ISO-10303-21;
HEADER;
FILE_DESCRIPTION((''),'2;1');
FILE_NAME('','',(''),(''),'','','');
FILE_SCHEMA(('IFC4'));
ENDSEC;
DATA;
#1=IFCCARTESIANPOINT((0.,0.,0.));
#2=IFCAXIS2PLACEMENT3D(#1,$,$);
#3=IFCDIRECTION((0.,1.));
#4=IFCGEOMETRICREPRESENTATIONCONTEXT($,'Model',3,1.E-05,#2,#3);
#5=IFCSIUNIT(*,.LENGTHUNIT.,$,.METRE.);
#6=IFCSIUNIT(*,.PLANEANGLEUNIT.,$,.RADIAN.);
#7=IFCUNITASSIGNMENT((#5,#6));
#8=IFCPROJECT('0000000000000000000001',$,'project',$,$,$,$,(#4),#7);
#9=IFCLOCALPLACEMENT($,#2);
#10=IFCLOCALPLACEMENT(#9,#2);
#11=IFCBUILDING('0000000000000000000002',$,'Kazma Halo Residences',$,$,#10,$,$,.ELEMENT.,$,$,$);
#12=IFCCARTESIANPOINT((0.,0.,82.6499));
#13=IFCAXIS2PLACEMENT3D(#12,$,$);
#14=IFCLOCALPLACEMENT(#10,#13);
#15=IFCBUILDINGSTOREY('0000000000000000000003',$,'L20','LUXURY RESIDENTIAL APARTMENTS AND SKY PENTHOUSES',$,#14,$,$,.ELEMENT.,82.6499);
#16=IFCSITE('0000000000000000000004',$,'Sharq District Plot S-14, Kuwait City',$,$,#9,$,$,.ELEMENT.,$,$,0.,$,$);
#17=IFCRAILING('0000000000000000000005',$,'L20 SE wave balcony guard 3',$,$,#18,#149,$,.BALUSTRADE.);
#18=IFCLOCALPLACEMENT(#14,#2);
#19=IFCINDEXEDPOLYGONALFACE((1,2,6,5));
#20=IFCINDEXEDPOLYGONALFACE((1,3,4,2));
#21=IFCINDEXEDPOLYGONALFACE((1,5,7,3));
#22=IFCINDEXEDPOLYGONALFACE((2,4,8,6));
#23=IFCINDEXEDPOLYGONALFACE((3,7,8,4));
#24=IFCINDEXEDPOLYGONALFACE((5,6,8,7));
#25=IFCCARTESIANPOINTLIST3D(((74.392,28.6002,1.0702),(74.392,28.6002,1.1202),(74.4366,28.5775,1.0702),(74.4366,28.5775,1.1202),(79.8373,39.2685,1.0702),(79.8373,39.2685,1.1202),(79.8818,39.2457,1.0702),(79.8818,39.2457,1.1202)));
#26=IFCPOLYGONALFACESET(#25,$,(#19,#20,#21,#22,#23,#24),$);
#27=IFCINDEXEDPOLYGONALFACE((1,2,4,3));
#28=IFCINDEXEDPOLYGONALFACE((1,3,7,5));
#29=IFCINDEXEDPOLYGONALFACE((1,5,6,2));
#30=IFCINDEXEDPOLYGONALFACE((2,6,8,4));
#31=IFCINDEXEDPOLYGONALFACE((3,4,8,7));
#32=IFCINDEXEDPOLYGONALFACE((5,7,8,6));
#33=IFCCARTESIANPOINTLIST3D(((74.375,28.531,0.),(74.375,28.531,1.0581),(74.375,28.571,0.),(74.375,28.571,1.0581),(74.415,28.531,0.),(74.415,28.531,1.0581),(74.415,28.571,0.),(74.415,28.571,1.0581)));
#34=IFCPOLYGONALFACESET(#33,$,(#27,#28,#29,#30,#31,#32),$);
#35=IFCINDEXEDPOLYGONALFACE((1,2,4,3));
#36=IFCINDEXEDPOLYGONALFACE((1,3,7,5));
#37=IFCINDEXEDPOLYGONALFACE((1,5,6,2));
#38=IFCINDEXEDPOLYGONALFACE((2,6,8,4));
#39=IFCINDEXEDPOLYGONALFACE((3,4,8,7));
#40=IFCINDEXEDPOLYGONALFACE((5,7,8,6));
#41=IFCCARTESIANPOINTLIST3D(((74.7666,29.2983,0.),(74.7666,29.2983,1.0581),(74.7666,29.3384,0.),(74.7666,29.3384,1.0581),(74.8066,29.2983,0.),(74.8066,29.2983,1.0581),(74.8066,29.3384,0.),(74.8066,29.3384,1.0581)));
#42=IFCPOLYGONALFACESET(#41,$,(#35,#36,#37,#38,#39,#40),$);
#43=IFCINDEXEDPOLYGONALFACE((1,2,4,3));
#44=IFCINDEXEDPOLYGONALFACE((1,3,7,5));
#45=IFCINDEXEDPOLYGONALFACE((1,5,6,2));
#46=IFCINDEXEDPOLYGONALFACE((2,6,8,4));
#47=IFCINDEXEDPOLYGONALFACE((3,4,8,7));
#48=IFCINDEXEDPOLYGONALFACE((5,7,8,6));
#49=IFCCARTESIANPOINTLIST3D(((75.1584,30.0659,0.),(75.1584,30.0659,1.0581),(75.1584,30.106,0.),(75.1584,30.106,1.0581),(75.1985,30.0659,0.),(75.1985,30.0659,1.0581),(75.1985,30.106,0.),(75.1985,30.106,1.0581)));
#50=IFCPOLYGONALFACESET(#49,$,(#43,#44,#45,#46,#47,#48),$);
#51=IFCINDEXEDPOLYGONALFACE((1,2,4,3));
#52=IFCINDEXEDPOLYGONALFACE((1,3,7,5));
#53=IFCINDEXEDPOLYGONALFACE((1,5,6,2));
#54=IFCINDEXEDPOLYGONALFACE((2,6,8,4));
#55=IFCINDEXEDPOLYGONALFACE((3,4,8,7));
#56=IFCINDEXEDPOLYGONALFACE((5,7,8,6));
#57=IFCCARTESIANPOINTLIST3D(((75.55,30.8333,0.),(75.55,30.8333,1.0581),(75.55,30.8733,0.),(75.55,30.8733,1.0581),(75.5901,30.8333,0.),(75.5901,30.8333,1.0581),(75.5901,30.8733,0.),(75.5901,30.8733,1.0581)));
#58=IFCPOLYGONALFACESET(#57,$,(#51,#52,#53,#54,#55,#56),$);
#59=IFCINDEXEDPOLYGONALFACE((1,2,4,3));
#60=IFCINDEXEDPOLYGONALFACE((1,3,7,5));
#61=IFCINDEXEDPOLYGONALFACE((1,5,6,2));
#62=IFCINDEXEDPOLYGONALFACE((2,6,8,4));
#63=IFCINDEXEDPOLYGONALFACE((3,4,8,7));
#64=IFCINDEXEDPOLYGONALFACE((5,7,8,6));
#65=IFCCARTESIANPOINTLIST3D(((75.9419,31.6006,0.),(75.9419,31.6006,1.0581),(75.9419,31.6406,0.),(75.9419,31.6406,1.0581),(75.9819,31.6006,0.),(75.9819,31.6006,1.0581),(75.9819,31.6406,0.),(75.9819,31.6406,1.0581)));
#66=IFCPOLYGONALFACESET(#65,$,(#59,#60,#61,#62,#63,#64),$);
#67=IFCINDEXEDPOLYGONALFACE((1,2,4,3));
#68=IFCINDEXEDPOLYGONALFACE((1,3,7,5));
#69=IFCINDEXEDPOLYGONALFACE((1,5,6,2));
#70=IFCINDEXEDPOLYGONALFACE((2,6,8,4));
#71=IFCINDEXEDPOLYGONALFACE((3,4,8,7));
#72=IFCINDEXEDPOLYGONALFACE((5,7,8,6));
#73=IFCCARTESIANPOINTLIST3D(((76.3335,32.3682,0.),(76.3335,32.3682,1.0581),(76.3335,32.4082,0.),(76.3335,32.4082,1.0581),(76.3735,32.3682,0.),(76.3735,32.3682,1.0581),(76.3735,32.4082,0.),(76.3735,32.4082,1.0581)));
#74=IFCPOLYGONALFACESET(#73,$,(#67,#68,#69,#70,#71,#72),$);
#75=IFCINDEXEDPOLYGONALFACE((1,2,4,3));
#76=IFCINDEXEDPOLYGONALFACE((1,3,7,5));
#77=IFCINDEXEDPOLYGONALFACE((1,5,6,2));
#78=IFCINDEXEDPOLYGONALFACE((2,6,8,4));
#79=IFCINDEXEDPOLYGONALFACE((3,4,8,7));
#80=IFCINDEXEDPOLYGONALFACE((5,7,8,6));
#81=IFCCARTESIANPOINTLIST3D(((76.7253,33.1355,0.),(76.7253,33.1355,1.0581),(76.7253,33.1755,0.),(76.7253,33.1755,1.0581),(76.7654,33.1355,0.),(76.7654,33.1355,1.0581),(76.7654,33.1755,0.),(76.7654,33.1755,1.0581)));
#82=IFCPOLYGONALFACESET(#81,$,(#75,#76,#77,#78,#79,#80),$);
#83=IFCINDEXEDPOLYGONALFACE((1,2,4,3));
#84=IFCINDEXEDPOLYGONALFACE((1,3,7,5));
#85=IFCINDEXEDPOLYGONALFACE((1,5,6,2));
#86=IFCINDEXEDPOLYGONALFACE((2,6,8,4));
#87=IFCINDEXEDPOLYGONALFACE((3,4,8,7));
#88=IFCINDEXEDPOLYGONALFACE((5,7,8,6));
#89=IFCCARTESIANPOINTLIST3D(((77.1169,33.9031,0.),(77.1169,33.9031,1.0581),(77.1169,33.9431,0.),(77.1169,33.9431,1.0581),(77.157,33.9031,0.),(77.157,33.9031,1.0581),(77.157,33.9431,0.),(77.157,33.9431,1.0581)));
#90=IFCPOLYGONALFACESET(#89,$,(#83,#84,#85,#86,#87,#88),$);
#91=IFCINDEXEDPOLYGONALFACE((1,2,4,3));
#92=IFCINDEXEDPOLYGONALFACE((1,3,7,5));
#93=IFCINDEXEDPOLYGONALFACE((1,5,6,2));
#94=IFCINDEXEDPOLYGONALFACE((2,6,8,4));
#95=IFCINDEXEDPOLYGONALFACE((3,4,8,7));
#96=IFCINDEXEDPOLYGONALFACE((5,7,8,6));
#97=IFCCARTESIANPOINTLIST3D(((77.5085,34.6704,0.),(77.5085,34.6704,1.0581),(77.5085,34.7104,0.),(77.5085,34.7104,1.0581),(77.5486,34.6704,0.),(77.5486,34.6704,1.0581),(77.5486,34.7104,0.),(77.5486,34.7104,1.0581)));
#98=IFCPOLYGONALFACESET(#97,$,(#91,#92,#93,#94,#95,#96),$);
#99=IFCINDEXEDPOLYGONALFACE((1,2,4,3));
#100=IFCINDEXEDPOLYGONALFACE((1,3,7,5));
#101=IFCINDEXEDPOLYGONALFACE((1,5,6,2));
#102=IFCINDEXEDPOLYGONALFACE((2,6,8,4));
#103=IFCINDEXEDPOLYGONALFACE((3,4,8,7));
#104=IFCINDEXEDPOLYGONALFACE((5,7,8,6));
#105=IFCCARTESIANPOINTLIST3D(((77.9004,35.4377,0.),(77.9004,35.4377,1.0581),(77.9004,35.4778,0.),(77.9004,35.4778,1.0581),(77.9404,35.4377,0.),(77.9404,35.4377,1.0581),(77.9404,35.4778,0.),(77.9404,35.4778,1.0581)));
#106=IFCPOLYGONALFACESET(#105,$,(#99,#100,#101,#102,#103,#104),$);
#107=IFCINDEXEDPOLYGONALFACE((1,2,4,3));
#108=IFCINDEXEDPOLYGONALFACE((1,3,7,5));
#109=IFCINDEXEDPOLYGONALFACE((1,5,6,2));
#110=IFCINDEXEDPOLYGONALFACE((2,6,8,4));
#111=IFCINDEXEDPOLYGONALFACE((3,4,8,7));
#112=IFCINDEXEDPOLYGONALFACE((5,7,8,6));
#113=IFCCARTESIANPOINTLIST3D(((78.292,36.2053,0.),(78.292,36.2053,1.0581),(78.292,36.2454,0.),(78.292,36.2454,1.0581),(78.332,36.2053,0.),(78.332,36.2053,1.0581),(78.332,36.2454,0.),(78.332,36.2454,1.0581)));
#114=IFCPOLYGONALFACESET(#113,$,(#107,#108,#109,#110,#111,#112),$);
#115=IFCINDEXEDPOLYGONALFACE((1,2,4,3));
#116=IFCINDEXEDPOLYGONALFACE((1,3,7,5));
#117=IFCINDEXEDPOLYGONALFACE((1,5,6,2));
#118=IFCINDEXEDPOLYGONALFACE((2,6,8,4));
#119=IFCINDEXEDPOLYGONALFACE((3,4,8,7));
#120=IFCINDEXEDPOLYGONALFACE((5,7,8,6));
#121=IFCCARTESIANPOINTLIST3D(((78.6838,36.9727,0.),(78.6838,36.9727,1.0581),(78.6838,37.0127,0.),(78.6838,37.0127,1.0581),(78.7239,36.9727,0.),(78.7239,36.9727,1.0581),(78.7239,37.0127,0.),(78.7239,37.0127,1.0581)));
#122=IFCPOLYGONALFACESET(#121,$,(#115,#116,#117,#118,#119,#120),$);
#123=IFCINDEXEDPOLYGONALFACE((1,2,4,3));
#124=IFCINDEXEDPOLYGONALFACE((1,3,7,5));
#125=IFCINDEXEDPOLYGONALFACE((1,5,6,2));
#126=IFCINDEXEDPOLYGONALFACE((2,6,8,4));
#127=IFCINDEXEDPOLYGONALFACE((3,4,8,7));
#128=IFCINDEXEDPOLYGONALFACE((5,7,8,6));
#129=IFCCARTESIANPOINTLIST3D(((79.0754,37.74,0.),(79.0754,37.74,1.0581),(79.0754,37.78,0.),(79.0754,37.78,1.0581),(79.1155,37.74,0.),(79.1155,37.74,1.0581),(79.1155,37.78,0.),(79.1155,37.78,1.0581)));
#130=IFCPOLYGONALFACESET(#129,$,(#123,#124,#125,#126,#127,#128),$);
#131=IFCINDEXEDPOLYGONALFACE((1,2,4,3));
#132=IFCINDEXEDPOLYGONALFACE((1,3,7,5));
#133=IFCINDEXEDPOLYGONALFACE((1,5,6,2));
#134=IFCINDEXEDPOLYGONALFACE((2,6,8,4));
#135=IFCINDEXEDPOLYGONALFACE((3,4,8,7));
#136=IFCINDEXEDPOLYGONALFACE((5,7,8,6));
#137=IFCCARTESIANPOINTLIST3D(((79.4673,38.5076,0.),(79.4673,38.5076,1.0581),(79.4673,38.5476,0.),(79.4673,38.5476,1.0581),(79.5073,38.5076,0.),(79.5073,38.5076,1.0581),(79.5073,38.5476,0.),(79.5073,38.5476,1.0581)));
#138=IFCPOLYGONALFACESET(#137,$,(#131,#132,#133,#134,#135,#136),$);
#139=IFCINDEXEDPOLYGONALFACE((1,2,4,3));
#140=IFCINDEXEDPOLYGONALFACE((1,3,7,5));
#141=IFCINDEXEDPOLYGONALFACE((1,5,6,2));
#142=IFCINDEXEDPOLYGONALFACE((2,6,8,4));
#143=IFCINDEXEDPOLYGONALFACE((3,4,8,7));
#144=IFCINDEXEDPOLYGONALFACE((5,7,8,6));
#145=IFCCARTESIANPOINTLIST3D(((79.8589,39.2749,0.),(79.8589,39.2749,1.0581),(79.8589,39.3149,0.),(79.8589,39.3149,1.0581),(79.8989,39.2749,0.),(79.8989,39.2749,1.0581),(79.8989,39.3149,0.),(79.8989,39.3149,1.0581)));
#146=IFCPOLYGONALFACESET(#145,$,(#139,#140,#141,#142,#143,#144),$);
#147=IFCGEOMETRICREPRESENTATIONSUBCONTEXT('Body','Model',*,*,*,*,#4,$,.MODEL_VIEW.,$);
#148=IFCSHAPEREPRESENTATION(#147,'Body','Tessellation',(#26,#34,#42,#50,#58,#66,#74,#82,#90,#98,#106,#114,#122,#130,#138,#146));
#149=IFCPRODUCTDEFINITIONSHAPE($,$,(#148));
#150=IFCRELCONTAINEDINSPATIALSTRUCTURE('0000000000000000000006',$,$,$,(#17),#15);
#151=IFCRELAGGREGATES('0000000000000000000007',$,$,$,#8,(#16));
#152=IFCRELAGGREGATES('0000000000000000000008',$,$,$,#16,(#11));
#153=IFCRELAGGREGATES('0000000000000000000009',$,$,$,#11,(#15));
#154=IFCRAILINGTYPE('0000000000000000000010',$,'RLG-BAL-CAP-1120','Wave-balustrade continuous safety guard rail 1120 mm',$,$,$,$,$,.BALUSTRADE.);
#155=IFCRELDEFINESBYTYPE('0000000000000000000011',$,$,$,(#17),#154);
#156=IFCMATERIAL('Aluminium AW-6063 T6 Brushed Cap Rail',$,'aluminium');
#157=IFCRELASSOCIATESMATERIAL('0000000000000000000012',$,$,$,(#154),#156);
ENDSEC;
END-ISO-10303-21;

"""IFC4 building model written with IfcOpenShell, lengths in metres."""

from ifc_helpers import new_model, si_unit, direction, frame, origin, origin_2d, place, context, subcontext, project, spatial, rectangle, extrude, material, type_object, element, save


model = new_model("IFC4")

# Units and contexts
model_context = context("Model", 3, precision=1e-05, world=origin(), true_north=direction((0.0, 1.0)))
body_context = subcontext(model_context, "Body", "Model", "MODEL_VIEW")
ifc_project = project(units=[si_unit("LENGTHUNIT", "METRE"), si_unit("PLANEANGLEUNIT", "RADIAN")], contexts=[model_context])

# Site, building, storey
site_placement = place(None, origin())
site = spatial("IfcSite", under=ifc_project, at=site_placement, Name="Sharq District Plot S-14, Kuwait City", CompositionType="ELEMENT", RefElevation=0.0)
building_placement = place(site_placement, origin())
building = spatial("IfcBuilding", under=site, at=building_placement, Name="Kazma Halo Residences", CompositionType="ELEMENT")
storey_placement = place(building_placement, frame((0.0, 0.0, 82.6499)))
storey = spatial("IfcBuildingStorey", under=building, at=storey_placement, Name="L20", Description="LUXURY RESIDENTIAL APARTMENTS AND SKY PENTHOUSES", CompositionType="ELEMENT", Elevation=82.6499)

# Railing
ifc_material_1 = material(Name="Aluminium AW-6063 T6 Brushed Cap Rail", Category="aluminium")
railing_type = type_object("IfcRailingType", Name="RLG-BAL-CAP-1120", Description="Wave-balustrade continuous safety guard rail 1120 mm", PredefinedType="BALUSTRADE", material=ifc_material_1)
railing_1_placement = place(storey_placement, frame((74.395, 28.551, 0.0)))
element("IfcRailing", 1, at=railing_1_placement, inside=storey, type_object=railing_type, Name="L20 SE wave balcony guard 3", PredefinedType="BALUSTRADE", context=body_context, shape_type="SweptSolid", body=[
    extrude(rectangle(XDim=0.05, YDim=0.05, at=origin_2d()), frame((0.0193, 0.0378, 1.0952), z_axis=(0.454622, 0.890684, 0.0), x_axis=(-0.890684, 0.454622, 0.0)), (0.0, 0.0, 1.0), 11.9775),
    extrude(rectangle(XDim=0.04, YDim=0.04, at=origin_2d()), origin(), (0.0, 0.0, 1.0), 1.0581),
    extrude(rectangle(XDim=0.04, YDim=0.04, at=origin_2d()), frame((0.3916, 0.7673, 0.0)), (0.0, 0.0, 1.0), 1.0581),
    extrude(rectangle(XDim=0.04, YDim=0.04, at=origin_2d()), frame((0.7834, 1.5349, 0.0)), (0.0, 0.0, 1.0), 1.0581),
    extrude(rectangle(XDim=0.04, YDim=0.04, at=origin_2d()), frame((1.175, 2.3022, 0.0)), (0.0, 0.0, 1.0), 1.0581),
    extrude(rectangle(XDim=0.04, YDim=0.04, at=origin_2d()), frame((1.5669, 3.0696, 0.0)), (0.0, 0.0, 1.0), 1.0581),
    extrude(rectangle(XDim=0.04, YDim=0.04, at=origin_2d()), frame((1.9585, 3.8372, 0.0)), (0.0, 0.0, 1.0), 1.0581),
    extrude(rectangle(XDim=0.04, YDim=0.04, at=origin_2d()), frame((2.3503, 4.6045, 0.0)), (0.0, 0.0, 1.0), 1.0581),
    extrude(rectangle(XDim=0.04, YDim=0.04, at=origin_2d()), frame((2.7419, 5.3721, 0.0)), (0.0, 0.0, 1.0), 1.0581),
    extrude(rectangle(XDim=0.04, YDim=0.04, at=origin_2d()), frame((3.1335, 6.1394, 0.0)), (0.0, 0.0, 1.0), 1.0581),
    extrude(rectangle(XDim=0.04, YDim=0.04, at=origin_2d()), frame((3.5254, 6.9067, 0.0)), (0.0, 0.0, 1.0), 1.0581),
    extrude(rectangle(XDim=0.04, YDim=0.04, at=origin_2d()), frame((3.917, 7.6743, 0.0)), (0.0, 0.0, 1.0), 1.0581),
    extrude(rectangle(XDim=0.04, YDim=0.04, at=origin_2d()), frame((4.3088, 8.4417, 0.0)), (0.0, 0.0, 1.0), 1.0581),
    extrude(rectangle(XDim=0.04, YDim=0.04, at=origin_2d()), frame((4.7004, 9.209, 0.0)), (0.0, 0.0, 1.0), 1.0581),
    extrude(rectangle(XDim=0.04, YDim=0.04, at=origin_2d()), frame((5.0923, 9.9766, 0.0)), (0.0, 0.0, 1.0), 1.0581),
    extrude(rectangle(XDim=0.04, YDim=0.04, at=origin_2d()), frame((5.4839, 10.7439, 0.0)), (0.0, 0.0, 1.0), 1.0581),
])

save(model, "model.ifc")
